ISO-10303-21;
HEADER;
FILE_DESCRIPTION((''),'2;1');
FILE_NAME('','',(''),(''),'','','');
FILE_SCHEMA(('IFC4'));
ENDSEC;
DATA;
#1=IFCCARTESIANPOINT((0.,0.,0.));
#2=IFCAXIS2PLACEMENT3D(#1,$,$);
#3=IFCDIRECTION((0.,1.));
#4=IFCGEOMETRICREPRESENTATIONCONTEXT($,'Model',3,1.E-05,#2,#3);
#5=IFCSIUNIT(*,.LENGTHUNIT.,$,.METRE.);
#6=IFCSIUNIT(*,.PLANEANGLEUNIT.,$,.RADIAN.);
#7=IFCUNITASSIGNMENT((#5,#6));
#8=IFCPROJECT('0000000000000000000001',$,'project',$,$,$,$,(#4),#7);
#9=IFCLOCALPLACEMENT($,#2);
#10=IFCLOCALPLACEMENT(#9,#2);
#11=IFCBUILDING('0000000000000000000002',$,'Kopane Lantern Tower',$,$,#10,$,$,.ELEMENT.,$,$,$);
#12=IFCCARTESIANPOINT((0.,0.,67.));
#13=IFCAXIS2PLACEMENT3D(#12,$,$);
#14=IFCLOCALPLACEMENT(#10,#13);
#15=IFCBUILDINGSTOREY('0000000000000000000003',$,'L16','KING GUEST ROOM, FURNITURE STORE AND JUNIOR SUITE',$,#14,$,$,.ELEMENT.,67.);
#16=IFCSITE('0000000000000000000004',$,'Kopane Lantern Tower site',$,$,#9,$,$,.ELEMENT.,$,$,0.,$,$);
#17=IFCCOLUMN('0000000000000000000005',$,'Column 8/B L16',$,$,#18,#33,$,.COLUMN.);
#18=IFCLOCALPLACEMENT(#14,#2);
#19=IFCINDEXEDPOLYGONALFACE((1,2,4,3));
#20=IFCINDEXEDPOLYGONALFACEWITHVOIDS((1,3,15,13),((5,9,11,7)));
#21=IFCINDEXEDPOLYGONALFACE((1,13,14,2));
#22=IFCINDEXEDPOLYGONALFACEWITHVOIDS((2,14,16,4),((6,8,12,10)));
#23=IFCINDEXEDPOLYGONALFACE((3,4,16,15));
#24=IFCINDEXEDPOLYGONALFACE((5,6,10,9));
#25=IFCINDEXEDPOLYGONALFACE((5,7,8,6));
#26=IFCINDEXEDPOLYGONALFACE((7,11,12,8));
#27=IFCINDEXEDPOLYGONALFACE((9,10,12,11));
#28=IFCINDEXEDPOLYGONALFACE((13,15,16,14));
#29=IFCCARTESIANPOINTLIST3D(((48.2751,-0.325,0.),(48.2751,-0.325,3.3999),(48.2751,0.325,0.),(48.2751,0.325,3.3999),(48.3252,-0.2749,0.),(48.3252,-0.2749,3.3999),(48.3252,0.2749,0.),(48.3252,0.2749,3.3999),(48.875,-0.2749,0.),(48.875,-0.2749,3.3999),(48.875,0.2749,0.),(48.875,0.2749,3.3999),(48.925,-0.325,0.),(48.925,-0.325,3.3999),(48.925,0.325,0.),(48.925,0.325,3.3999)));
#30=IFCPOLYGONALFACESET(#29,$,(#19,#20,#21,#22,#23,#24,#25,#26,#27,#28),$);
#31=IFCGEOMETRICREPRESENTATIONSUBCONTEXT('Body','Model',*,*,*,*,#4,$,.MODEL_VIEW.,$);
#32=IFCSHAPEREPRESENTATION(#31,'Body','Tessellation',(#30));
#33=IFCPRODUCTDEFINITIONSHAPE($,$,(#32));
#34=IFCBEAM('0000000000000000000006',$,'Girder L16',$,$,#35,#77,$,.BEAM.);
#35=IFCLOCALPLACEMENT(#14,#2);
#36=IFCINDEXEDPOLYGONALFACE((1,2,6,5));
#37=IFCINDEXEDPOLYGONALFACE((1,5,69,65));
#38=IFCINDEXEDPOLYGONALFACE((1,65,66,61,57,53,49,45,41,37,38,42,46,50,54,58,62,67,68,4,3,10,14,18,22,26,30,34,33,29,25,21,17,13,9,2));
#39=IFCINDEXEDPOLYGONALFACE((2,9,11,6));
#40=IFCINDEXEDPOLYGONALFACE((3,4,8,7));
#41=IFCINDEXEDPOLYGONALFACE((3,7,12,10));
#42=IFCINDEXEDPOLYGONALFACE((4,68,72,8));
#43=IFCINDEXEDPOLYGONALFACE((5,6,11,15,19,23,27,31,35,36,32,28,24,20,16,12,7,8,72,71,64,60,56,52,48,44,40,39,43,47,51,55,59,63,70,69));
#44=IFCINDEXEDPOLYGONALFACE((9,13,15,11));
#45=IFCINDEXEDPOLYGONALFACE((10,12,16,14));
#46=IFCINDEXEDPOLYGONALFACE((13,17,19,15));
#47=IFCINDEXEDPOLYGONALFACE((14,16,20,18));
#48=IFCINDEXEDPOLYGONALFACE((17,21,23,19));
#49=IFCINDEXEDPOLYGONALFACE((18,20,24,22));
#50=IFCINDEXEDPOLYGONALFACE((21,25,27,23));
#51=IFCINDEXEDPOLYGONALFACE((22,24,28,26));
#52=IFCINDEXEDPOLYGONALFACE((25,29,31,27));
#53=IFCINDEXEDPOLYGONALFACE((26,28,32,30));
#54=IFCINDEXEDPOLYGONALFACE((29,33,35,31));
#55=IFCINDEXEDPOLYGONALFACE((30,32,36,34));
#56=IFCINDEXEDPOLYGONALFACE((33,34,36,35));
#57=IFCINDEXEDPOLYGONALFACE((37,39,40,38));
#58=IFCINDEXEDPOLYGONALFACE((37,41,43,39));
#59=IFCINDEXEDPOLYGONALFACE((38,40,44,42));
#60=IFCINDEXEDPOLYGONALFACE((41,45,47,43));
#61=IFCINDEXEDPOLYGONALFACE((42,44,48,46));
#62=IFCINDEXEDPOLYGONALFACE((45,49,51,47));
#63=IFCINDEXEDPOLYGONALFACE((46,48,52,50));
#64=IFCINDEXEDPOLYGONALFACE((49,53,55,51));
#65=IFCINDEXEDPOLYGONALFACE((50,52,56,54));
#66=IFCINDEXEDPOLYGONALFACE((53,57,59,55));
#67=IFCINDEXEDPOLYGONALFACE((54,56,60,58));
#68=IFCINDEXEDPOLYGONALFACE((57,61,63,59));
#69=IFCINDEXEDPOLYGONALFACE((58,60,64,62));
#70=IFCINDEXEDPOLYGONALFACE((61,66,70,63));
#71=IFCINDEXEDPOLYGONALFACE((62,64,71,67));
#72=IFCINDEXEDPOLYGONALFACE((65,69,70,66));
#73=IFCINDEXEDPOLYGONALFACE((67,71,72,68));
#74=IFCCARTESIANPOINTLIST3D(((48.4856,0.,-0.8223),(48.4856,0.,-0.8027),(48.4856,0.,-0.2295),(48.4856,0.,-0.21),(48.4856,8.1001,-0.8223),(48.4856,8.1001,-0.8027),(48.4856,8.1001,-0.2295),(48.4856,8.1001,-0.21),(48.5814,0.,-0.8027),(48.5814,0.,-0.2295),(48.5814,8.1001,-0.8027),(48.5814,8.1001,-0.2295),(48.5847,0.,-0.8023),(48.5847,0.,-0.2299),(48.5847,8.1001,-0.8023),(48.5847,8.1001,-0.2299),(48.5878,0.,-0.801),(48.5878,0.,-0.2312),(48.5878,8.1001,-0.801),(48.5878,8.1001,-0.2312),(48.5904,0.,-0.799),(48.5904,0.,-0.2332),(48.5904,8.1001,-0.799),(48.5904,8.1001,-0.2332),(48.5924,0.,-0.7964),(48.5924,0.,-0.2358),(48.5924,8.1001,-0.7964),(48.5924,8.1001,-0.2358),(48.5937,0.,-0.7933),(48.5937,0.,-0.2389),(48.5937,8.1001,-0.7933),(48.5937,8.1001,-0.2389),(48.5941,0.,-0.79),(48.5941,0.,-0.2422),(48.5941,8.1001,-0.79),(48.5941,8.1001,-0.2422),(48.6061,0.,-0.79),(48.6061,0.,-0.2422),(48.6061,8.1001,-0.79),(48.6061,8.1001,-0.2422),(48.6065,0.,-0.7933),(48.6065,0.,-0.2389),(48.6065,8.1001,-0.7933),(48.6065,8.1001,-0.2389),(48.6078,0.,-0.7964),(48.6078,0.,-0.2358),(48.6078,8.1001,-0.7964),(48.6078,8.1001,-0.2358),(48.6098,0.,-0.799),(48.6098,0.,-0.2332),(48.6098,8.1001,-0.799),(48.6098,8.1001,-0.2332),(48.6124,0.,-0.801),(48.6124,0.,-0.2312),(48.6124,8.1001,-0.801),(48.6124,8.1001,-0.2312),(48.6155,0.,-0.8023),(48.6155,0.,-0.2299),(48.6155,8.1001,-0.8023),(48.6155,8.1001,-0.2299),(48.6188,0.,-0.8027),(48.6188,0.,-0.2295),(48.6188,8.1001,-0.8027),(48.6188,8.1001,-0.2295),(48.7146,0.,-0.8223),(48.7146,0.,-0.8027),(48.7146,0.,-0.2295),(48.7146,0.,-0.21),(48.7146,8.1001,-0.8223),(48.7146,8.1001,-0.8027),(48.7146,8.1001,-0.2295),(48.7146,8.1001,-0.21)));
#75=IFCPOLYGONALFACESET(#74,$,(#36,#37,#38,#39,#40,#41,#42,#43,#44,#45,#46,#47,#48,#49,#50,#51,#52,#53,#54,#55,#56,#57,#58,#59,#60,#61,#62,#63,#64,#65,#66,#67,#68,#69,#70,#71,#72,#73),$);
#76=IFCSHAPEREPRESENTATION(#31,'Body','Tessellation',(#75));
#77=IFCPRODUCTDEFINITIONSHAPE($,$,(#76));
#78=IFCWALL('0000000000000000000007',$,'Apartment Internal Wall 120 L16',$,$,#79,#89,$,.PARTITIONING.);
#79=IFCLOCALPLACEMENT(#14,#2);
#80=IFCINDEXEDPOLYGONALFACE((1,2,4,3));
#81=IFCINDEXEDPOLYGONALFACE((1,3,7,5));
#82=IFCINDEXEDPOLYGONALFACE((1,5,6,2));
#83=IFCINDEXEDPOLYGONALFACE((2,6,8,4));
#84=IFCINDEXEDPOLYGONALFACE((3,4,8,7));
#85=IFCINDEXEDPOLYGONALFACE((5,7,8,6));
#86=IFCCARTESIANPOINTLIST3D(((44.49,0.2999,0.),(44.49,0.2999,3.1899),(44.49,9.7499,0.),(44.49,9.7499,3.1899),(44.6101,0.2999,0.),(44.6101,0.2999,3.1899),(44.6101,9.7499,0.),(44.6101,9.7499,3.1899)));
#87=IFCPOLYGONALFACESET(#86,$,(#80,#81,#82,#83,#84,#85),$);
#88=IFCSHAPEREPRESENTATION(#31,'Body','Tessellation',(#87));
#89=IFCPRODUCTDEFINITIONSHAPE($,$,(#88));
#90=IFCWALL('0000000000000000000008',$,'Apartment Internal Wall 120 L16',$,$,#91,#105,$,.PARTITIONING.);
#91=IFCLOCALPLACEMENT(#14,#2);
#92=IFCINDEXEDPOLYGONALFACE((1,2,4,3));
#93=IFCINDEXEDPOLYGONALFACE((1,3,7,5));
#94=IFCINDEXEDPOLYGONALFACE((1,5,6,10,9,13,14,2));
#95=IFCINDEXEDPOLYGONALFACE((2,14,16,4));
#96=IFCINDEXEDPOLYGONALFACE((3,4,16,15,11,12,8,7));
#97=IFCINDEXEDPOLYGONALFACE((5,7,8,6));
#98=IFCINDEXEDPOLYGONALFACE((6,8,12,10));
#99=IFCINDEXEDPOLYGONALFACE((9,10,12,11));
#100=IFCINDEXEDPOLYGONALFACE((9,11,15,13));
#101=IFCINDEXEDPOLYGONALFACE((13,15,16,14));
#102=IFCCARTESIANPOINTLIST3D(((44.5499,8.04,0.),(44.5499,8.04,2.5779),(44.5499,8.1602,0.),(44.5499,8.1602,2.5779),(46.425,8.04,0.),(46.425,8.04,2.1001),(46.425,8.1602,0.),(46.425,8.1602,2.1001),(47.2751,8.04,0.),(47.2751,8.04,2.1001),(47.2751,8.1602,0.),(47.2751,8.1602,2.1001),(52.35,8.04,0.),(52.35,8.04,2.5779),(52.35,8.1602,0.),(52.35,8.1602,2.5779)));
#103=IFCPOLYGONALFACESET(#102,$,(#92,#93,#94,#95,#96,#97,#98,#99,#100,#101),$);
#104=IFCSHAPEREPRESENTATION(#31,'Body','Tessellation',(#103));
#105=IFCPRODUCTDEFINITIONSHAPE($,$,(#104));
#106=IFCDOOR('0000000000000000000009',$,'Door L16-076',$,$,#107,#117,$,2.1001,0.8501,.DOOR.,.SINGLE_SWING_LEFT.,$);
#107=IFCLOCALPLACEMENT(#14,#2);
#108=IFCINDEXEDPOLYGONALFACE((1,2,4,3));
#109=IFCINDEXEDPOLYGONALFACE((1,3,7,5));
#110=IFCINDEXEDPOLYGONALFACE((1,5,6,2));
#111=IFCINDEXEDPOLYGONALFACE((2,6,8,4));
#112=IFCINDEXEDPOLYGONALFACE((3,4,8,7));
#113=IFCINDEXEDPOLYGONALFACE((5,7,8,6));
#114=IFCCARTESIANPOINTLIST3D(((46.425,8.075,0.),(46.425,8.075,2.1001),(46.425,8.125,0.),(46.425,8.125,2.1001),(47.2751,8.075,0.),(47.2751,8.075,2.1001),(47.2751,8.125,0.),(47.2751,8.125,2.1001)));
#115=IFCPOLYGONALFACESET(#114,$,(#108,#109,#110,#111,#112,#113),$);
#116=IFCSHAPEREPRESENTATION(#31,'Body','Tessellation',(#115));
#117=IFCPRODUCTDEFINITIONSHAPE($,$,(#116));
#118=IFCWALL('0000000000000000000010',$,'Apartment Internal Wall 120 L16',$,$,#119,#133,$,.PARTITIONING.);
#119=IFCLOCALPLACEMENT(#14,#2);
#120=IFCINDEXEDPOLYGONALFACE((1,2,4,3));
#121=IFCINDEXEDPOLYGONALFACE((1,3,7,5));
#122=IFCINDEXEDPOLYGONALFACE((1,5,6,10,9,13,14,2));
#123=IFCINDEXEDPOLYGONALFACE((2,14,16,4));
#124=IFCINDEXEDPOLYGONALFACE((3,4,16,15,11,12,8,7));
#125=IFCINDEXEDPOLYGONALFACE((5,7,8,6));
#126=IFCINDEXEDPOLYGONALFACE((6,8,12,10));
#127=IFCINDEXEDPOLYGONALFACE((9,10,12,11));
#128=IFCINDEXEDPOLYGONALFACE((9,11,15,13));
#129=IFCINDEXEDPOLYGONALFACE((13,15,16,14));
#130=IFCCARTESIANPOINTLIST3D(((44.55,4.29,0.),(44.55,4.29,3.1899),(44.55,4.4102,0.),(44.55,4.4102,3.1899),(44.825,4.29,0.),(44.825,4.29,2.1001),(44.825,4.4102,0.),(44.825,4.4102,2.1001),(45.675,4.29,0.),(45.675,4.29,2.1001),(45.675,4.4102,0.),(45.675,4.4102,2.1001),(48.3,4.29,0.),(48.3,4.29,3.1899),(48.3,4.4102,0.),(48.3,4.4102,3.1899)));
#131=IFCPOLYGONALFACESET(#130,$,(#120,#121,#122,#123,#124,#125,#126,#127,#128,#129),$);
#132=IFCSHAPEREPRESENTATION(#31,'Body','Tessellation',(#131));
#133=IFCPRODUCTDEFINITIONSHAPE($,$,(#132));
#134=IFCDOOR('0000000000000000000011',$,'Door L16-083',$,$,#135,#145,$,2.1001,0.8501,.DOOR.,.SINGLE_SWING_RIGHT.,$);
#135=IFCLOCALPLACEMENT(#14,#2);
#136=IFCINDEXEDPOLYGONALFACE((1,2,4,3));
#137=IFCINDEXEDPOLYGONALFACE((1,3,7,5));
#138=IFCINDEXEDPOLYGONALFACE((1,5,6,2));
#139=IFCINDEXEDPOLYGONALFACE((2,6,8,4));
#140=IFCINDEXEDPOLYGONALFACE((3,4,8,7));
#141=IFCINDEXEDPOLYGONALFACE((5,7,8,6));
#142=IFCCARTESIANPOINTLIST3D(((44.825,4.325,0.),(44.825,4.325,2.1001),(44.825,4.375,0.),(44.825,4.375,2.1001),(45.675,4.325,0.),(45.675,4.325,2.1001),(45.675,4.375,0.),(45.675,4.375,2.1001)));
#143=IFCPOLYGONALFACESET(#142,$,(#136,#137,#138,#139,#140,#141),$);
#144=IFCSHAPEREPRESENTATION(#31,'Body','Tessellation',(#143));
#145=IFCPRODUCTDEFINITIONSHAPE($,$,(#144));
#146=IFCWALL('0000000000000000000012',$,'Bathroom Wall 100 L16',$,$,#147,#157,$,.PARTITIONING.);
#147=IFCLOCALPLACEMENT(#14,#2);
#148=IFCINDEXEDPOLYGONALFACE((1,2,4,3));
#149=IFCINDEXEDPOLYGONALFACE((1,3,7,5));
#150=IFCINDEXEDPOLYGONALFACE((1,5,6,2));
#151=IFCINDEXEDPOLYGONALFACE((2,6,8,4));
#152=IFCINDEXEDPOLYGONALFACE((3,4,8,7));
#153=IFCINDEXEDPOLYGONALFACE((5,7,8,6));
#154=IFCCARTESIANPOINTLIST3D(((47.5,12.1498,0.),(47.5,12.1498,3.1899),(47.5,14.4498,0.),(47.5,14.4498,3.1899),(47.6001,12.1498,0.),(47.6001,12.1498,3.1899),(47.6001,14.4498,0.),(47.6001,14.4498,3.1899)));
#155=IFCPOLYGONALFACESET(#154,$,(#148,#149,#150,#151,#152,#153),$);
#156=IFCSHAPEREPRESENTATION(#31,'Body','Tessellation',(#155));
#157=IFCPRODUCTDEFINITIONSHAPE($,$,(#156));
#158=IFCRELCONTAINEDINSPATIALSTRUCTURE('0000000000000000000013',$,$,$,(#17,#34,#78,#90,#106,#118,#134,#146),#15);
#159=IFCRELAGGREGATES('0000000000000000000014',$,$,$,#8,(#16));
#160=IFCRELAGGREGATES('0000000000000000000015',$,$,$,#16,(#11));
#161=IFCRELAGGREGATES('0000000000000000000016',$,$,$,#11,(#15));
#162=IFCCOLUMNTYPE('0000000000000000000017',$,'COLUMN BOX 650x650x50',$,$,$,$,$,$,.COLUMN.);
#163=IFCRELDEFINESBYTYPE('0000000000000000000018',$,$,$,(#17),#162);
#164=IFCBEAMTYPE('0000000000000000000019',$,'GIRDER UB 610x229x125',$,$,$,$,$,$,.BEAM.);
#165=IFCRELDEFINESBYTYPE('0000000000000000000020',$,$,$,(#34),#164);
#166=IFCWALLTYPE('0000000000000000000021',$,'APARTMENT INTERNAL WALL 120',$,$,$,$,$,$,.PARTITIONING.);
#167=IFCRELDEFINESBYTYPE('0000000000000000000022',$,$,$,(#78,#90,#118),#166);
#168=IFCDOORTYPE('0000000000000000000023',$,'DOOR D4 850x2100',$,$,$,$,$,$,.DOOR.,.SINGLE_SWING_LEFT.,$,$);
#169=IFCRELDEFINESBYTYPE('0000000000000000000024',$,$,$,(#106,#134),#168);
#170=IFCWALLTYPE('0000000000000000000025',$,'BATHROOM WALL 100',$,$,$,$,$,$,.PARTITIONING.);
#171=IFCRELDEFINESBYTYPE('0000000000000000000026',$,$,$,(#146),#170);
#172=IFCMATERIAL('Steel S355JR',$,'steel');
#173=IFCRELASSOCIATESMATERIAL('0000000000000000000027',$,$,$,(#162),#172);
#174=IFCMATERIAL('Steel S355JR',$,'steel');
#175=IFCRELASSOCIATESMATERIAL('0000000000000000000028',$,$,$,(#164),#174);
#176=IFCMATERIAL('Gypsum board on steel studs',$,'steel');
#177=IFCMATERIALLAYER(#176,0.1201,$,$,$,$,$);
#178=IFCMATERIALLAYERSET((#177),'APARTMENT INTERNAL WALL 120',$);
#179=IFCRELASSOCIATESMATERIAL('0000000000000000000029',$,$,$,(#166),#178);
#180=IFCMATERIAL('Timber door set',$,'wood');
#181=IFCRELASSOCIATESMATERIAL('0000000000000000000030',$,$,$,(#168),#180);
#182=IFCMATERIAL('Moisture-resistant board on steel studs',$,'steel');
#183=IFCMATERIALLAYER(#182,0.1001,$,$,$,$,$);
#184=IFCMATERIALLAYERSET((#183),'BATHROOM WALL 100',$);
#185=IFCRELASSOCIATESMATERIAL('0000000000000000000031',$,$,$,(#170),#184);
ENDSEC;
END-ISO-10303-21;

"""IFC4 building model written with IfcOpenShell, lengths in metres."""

from ifc_helpers import new_model, si_unit, direction, frame, frame_2d, origin, origin_2d, place, context, subcontext, project, spatial, rectangle, hollow_rectangle, i_section, extrude, material, layer, layer_set, material_profile, profile_set, type_object, element, fill, save


model = new_model("IFC4")

# Units and contexts
model_context = context("Model", 3, precision=1e-05, world=origin(), true_north=direction((0.0, 1.0)))
body_context = subcontext(model_context, "Body", "Model", "MODEL_VIEW")
ifc_project = project(units=[si_unit("LENGTHUNIT", "METRE"), si_unit("PLANEANGLEUNIT", "RADIAN")], contexts=[model_context])

# Site, building, storey
site_placement = place(None, origin())
site = spatial("IfcSite", under=ifc_project, at=site_placement, Name="Kopane Lantern Tower site", CompositionType="ELEMENT", RefElevation=0.0)
building_placement = place(site_placement, origin())
building = spatial("IfcBuilding", under=site, at=building_placement, Name="Kopane Lantern Tower", CompositionType="ELEMENT")
storey_placement = place(building_placement, frame((0.0, 0.0, 67.0)))
storey = spatial("IfcBuildingStorey", under=building, at=storey_placement, Name="L16", Description="KING GUEST ROOM, FURNITURE STORE AND JUNIOR SUITE", CompositionType="ELEMENT", Elevation=67.0)

# Column
ifc_material_1 = material(Name="Steel S355JR", Category="steel")
ifc_material_profile_1 = material_profile(ifc_material_1, hollow_rectangle(XDim=0.6499, YDim=0.6499, WallThickness=0.05, at=origin_2d()), Name="BOX 650x650x50")
ifc_profile_set_1 = profile_set([ifc_material_profile_1], Name="Steel S355JR")
column_type = type_object("IfcColumnType", Name="COLUMN BOX 650x650x50", PredefinedType="COLUMN", material=ifc_profile_set_1)
column_placement = place(storey_placement, frame((48.6001, 0.0, 0.0), z_axis=(0.0, 0.0, 1.0), x_axis=(1.0, 0.0, 0.0)))
element("IfcColumn", 1, at=column_placement, inside=storey, type_object=column_type, Name="Column 8/B L16", PredefinedType="COLUMN", context=body_context, shape_type="SweptSolid", body=[
    extrude(hollow_rectangle(XDim=0.6499, YDim=0.6499, WallThickness=0.05, at=origin_2d()), origin(), (0.0, 0.0, 1.0), 3.3999),
])

# Beam
ifc_material_2 = material(Name="Steel S355JR", Category="steel")
ifc_material_profile_2 = material_profile(ifc_material_2, i_section(OverallWidth=0.229, OverallDepth=0.6123, WebThickness=0.012, FlangeThickness=0.0195, FilletRadius=0.0127, at=origin_2d()), Name="UB 610x229x125")
ifc_profile_set_2 = profile_set([ifc_material_profile_2], Name="Steel S355JR")
beam_type = type_object("IfcBeamType", Name="GIRDER UB 610x229x125", PredefinedType="BEAM", material=ifc_profile_set_2)
beam_placement = place(storey_placement, frame((48.6001, 0.0, -0.5161), z_axis=(0.0, 1.0, 0.0), x_axis=(-1.0, 0.0, 0.0)))
element("IfcBeam", 2, at=beam_placement, inside=storey, type_object=beam_type, Name="Girder L16", PredefinedType="BEAM", context=body_context, shape_type="SweptSolid", body=[
    extrude(i_section(OverallWidth=0.229, OverallDepth=0.6123, WebThickness=0.012, FlangeThickness=0.0195, FilletRadius=0.0127, at=origin_2d()), origin(), (0.0, 0.0, 1.0), 8.1001),
])

# Wall
ifc_material_3 = material(Name="Gypsum board on steel studs", Category="steel")
ifc_layer_1 = layer(ifc_material_3, 0.1201)
ifc_layer_set_1 = layer_set([ifc_layer_1], Name="APARTMENT INTERNAL WALL 120")
wall_type_1 = type_object("IfcWallType", Name="APARTMENT INTERNAL WALL 120", PredefinedType="PARTITIONING", material=ifc_layer_set_1)
wall_1_placement = place(storey_placement, frame((44.55, 9.75, 0.0), z_axis=(0.0, 0.0, 1.0), x_axis=(0.0, -1.0, 0.0)))
element("IfcWall", 3, at=wall_1_placement, inside=storey, type_object=wall_type_1, Name="Apartment Internal Wall 120 L16", PredefinedType="PARTITIONING", context=body_context, shape_type="SweptSolid", body=[
    extrude(rectangle(XDim=9.45, YDim=0.1201, at=frame_2d((4.7251, 0.0))), origin(), (0.0, 0.0, 1.0), 3.1899),
])

# Walls, openings, doors
wall_2_placement = place(storey_placement, frame((44.55, 8.1001, 0.0), z_axis=(0.0, 0.0, 1.0), x_axis=(1.0, 0.0, 0.0)))
wall_2 = element("IfcWall", 4, at=wall_2_placement, inside=storey, type_object=wall_type_1, Name="Apartment Internal Wall 120 L16", PredefinedType="PARTITIONING", context=body_context, shape_type="SweptSolid", body=[
    extrude(rectangle(XDim=7.8, YDim=0.1201, at=frame_2d((3.8999, 0.0))), origin(), (0.0, 0.0, 1.0), 2.5779),
])
opening_1_placement = place(wall_2_placement, frame((1.875, 0.0, 0.0)))
opening_1 = element("IfcOpeningElement", 5, at=opening_1_placement, cuts=wall_2, PredefinedType="OPENING", context=body_context, shape_type="SweptSolid", body=[
    extrude(rectangle(XDim=0.8501, YDim=2.1001, at=frame_2d((0.425, 1.05))), frame((0.0, 0.0701, 0.0), z_axis=(0.0, -1.0, 0.0), x_axis=(1.0, 0.0, 0.0)), (0.0, 0.0, 1.0), 0.1401),
])
ifc_material_4 = material(Name="Timber door set", Category="wood")
door_type_1 = type_object("IfcDoorType", Name="DOOR D4 850x2100", OperationType="SINGLE_SWING_LEFT", PredefinedType="DOOR", material=ifc_material_4)
door_1_placement = place(opening_1_placement, origin())
door_1 = element("IfcDoor", 6, at=door_1_placement, inside=storey, type_object=door_type_1, Name="Door L16-076", OperationType="SINGLE_SWING_LEFT", OverallHeight=2.1001, OverallWidth=0.8501, PredefinedType="DOOR", context=body_context, shape_type="SweptSolid", body=[
    extrude(rectangle(XDim=0.8501, YDim=2.1001, at=frame_2d((0.425, 1.05))), frame((0.0, 0.0249, 0.0), z_axis=(0.0, -1.0, 0.0), x_axis=(1.0, 0.0, 0.0)), (0.0, 0.0, 1.0), 0.05),
])
fill(opening_1, door_1)
wall_3_placement = place(storey_placement, frame((44.55, 4.3501, 0.0), z_axis=(0.0, 0.0, 1.0), x_axis=(1.0, 0.0, 0.0)))
wall_3 = element("IfcWall", 7, at=wall_3_placement, inside=storey, type_object=wall_type_1, Name="Apartment Internal Wall 120 L16", PredefinedType="PARTITIONING", context=body_context, shape_type="SweptSolid", body=[
    extrude(rectangle(XDim=3.75, YDim=0.1201, at=frame_2d((1.875, 0.0))), origin(), (0.0, 0.0, 1.0), 3.1899),
])
opening_2_placement = place(wall_3_placement, frame((0.2749, 0.0, 0.0)))
opening_2 = element("IfcOpeningElement", 8, at=opening_2_placement, cuts=wall_3, PredefinedType="OPENING", context=body_context, shape_type="SweptSolid", body=[
    extrude(rectangle(XDim=0.8501, YDim=2.1001, at=frame_2d((0.425, 1.05))), frame((0.0, 0.0701, 0.0), z_axis=(0.0, -1.0, 0.0), x_axis=(1.0, 0.0, 0.0)), (0.0, 0.0, 1.0), 0.1401),
])
door_2_placement = place(opening_2_placement, origin())
door_2 = element("IfcDoor", 9, at=door_2_placement, inside=storey, type_object=door_type_1, Name="Door L16-083", OperationType="SINGLE_SWING_RIGHT", OverallHeight=2.1001, OverallWidth=0.8501, PredefinedType="DOOR", context=body_context, shape_type="SweptSolid", body=[
    extrude(rectangle(XDim=0.8501, YDim=2.1001, at=frame_2d((0.425, 1.05))), frame((0.0, 0.0249, 0.0), z_axis=(0.0, -1.0, 0.0), x_axis=(1.0, 0.0, 0.0)), (0.0, 0.0, 1.0), 0.05),
])
fill(opening_2, door_2)

# Wall
ifc_material_5 = material(Name="Moisture-resistant board on steel studs", Category="steel")
ifc_layer_2 = layer(ifc_material_5, 0.1001)
ifc_layer_set_2 = layer_set([ifc_layer_2], Name="BATHROOM WALL 100")
wall_type_2 = type_object("IfcWallType", Name="BATHROOM WALL 100", PredefinedType="PARTITIONING", material=ifc_layer_set_2)
wall_4_placement = place(storey_placement, frame((47.55, 12.1499, 0.0), z_axis=(0.0, 0.0, 1.0), x_axis=(0.0, 1.0, 0.0)))
element("IfcWall", 10, at=wall_4_placement, inside=storey, type_object=wall_type_2, Name="Bathroom Wall 100 L16", PredefinedType="PARTITIONING", context=body_context, shape_type="SweptSolid", body=[
    extrude(rectangle(XDim=2.3, YDim=0.1001, at=frame_2d((1.1499, 0.0))), origin(), (0.0, 0.0, 1.0), 3.1899),
])

save(model, "model.ifc")
